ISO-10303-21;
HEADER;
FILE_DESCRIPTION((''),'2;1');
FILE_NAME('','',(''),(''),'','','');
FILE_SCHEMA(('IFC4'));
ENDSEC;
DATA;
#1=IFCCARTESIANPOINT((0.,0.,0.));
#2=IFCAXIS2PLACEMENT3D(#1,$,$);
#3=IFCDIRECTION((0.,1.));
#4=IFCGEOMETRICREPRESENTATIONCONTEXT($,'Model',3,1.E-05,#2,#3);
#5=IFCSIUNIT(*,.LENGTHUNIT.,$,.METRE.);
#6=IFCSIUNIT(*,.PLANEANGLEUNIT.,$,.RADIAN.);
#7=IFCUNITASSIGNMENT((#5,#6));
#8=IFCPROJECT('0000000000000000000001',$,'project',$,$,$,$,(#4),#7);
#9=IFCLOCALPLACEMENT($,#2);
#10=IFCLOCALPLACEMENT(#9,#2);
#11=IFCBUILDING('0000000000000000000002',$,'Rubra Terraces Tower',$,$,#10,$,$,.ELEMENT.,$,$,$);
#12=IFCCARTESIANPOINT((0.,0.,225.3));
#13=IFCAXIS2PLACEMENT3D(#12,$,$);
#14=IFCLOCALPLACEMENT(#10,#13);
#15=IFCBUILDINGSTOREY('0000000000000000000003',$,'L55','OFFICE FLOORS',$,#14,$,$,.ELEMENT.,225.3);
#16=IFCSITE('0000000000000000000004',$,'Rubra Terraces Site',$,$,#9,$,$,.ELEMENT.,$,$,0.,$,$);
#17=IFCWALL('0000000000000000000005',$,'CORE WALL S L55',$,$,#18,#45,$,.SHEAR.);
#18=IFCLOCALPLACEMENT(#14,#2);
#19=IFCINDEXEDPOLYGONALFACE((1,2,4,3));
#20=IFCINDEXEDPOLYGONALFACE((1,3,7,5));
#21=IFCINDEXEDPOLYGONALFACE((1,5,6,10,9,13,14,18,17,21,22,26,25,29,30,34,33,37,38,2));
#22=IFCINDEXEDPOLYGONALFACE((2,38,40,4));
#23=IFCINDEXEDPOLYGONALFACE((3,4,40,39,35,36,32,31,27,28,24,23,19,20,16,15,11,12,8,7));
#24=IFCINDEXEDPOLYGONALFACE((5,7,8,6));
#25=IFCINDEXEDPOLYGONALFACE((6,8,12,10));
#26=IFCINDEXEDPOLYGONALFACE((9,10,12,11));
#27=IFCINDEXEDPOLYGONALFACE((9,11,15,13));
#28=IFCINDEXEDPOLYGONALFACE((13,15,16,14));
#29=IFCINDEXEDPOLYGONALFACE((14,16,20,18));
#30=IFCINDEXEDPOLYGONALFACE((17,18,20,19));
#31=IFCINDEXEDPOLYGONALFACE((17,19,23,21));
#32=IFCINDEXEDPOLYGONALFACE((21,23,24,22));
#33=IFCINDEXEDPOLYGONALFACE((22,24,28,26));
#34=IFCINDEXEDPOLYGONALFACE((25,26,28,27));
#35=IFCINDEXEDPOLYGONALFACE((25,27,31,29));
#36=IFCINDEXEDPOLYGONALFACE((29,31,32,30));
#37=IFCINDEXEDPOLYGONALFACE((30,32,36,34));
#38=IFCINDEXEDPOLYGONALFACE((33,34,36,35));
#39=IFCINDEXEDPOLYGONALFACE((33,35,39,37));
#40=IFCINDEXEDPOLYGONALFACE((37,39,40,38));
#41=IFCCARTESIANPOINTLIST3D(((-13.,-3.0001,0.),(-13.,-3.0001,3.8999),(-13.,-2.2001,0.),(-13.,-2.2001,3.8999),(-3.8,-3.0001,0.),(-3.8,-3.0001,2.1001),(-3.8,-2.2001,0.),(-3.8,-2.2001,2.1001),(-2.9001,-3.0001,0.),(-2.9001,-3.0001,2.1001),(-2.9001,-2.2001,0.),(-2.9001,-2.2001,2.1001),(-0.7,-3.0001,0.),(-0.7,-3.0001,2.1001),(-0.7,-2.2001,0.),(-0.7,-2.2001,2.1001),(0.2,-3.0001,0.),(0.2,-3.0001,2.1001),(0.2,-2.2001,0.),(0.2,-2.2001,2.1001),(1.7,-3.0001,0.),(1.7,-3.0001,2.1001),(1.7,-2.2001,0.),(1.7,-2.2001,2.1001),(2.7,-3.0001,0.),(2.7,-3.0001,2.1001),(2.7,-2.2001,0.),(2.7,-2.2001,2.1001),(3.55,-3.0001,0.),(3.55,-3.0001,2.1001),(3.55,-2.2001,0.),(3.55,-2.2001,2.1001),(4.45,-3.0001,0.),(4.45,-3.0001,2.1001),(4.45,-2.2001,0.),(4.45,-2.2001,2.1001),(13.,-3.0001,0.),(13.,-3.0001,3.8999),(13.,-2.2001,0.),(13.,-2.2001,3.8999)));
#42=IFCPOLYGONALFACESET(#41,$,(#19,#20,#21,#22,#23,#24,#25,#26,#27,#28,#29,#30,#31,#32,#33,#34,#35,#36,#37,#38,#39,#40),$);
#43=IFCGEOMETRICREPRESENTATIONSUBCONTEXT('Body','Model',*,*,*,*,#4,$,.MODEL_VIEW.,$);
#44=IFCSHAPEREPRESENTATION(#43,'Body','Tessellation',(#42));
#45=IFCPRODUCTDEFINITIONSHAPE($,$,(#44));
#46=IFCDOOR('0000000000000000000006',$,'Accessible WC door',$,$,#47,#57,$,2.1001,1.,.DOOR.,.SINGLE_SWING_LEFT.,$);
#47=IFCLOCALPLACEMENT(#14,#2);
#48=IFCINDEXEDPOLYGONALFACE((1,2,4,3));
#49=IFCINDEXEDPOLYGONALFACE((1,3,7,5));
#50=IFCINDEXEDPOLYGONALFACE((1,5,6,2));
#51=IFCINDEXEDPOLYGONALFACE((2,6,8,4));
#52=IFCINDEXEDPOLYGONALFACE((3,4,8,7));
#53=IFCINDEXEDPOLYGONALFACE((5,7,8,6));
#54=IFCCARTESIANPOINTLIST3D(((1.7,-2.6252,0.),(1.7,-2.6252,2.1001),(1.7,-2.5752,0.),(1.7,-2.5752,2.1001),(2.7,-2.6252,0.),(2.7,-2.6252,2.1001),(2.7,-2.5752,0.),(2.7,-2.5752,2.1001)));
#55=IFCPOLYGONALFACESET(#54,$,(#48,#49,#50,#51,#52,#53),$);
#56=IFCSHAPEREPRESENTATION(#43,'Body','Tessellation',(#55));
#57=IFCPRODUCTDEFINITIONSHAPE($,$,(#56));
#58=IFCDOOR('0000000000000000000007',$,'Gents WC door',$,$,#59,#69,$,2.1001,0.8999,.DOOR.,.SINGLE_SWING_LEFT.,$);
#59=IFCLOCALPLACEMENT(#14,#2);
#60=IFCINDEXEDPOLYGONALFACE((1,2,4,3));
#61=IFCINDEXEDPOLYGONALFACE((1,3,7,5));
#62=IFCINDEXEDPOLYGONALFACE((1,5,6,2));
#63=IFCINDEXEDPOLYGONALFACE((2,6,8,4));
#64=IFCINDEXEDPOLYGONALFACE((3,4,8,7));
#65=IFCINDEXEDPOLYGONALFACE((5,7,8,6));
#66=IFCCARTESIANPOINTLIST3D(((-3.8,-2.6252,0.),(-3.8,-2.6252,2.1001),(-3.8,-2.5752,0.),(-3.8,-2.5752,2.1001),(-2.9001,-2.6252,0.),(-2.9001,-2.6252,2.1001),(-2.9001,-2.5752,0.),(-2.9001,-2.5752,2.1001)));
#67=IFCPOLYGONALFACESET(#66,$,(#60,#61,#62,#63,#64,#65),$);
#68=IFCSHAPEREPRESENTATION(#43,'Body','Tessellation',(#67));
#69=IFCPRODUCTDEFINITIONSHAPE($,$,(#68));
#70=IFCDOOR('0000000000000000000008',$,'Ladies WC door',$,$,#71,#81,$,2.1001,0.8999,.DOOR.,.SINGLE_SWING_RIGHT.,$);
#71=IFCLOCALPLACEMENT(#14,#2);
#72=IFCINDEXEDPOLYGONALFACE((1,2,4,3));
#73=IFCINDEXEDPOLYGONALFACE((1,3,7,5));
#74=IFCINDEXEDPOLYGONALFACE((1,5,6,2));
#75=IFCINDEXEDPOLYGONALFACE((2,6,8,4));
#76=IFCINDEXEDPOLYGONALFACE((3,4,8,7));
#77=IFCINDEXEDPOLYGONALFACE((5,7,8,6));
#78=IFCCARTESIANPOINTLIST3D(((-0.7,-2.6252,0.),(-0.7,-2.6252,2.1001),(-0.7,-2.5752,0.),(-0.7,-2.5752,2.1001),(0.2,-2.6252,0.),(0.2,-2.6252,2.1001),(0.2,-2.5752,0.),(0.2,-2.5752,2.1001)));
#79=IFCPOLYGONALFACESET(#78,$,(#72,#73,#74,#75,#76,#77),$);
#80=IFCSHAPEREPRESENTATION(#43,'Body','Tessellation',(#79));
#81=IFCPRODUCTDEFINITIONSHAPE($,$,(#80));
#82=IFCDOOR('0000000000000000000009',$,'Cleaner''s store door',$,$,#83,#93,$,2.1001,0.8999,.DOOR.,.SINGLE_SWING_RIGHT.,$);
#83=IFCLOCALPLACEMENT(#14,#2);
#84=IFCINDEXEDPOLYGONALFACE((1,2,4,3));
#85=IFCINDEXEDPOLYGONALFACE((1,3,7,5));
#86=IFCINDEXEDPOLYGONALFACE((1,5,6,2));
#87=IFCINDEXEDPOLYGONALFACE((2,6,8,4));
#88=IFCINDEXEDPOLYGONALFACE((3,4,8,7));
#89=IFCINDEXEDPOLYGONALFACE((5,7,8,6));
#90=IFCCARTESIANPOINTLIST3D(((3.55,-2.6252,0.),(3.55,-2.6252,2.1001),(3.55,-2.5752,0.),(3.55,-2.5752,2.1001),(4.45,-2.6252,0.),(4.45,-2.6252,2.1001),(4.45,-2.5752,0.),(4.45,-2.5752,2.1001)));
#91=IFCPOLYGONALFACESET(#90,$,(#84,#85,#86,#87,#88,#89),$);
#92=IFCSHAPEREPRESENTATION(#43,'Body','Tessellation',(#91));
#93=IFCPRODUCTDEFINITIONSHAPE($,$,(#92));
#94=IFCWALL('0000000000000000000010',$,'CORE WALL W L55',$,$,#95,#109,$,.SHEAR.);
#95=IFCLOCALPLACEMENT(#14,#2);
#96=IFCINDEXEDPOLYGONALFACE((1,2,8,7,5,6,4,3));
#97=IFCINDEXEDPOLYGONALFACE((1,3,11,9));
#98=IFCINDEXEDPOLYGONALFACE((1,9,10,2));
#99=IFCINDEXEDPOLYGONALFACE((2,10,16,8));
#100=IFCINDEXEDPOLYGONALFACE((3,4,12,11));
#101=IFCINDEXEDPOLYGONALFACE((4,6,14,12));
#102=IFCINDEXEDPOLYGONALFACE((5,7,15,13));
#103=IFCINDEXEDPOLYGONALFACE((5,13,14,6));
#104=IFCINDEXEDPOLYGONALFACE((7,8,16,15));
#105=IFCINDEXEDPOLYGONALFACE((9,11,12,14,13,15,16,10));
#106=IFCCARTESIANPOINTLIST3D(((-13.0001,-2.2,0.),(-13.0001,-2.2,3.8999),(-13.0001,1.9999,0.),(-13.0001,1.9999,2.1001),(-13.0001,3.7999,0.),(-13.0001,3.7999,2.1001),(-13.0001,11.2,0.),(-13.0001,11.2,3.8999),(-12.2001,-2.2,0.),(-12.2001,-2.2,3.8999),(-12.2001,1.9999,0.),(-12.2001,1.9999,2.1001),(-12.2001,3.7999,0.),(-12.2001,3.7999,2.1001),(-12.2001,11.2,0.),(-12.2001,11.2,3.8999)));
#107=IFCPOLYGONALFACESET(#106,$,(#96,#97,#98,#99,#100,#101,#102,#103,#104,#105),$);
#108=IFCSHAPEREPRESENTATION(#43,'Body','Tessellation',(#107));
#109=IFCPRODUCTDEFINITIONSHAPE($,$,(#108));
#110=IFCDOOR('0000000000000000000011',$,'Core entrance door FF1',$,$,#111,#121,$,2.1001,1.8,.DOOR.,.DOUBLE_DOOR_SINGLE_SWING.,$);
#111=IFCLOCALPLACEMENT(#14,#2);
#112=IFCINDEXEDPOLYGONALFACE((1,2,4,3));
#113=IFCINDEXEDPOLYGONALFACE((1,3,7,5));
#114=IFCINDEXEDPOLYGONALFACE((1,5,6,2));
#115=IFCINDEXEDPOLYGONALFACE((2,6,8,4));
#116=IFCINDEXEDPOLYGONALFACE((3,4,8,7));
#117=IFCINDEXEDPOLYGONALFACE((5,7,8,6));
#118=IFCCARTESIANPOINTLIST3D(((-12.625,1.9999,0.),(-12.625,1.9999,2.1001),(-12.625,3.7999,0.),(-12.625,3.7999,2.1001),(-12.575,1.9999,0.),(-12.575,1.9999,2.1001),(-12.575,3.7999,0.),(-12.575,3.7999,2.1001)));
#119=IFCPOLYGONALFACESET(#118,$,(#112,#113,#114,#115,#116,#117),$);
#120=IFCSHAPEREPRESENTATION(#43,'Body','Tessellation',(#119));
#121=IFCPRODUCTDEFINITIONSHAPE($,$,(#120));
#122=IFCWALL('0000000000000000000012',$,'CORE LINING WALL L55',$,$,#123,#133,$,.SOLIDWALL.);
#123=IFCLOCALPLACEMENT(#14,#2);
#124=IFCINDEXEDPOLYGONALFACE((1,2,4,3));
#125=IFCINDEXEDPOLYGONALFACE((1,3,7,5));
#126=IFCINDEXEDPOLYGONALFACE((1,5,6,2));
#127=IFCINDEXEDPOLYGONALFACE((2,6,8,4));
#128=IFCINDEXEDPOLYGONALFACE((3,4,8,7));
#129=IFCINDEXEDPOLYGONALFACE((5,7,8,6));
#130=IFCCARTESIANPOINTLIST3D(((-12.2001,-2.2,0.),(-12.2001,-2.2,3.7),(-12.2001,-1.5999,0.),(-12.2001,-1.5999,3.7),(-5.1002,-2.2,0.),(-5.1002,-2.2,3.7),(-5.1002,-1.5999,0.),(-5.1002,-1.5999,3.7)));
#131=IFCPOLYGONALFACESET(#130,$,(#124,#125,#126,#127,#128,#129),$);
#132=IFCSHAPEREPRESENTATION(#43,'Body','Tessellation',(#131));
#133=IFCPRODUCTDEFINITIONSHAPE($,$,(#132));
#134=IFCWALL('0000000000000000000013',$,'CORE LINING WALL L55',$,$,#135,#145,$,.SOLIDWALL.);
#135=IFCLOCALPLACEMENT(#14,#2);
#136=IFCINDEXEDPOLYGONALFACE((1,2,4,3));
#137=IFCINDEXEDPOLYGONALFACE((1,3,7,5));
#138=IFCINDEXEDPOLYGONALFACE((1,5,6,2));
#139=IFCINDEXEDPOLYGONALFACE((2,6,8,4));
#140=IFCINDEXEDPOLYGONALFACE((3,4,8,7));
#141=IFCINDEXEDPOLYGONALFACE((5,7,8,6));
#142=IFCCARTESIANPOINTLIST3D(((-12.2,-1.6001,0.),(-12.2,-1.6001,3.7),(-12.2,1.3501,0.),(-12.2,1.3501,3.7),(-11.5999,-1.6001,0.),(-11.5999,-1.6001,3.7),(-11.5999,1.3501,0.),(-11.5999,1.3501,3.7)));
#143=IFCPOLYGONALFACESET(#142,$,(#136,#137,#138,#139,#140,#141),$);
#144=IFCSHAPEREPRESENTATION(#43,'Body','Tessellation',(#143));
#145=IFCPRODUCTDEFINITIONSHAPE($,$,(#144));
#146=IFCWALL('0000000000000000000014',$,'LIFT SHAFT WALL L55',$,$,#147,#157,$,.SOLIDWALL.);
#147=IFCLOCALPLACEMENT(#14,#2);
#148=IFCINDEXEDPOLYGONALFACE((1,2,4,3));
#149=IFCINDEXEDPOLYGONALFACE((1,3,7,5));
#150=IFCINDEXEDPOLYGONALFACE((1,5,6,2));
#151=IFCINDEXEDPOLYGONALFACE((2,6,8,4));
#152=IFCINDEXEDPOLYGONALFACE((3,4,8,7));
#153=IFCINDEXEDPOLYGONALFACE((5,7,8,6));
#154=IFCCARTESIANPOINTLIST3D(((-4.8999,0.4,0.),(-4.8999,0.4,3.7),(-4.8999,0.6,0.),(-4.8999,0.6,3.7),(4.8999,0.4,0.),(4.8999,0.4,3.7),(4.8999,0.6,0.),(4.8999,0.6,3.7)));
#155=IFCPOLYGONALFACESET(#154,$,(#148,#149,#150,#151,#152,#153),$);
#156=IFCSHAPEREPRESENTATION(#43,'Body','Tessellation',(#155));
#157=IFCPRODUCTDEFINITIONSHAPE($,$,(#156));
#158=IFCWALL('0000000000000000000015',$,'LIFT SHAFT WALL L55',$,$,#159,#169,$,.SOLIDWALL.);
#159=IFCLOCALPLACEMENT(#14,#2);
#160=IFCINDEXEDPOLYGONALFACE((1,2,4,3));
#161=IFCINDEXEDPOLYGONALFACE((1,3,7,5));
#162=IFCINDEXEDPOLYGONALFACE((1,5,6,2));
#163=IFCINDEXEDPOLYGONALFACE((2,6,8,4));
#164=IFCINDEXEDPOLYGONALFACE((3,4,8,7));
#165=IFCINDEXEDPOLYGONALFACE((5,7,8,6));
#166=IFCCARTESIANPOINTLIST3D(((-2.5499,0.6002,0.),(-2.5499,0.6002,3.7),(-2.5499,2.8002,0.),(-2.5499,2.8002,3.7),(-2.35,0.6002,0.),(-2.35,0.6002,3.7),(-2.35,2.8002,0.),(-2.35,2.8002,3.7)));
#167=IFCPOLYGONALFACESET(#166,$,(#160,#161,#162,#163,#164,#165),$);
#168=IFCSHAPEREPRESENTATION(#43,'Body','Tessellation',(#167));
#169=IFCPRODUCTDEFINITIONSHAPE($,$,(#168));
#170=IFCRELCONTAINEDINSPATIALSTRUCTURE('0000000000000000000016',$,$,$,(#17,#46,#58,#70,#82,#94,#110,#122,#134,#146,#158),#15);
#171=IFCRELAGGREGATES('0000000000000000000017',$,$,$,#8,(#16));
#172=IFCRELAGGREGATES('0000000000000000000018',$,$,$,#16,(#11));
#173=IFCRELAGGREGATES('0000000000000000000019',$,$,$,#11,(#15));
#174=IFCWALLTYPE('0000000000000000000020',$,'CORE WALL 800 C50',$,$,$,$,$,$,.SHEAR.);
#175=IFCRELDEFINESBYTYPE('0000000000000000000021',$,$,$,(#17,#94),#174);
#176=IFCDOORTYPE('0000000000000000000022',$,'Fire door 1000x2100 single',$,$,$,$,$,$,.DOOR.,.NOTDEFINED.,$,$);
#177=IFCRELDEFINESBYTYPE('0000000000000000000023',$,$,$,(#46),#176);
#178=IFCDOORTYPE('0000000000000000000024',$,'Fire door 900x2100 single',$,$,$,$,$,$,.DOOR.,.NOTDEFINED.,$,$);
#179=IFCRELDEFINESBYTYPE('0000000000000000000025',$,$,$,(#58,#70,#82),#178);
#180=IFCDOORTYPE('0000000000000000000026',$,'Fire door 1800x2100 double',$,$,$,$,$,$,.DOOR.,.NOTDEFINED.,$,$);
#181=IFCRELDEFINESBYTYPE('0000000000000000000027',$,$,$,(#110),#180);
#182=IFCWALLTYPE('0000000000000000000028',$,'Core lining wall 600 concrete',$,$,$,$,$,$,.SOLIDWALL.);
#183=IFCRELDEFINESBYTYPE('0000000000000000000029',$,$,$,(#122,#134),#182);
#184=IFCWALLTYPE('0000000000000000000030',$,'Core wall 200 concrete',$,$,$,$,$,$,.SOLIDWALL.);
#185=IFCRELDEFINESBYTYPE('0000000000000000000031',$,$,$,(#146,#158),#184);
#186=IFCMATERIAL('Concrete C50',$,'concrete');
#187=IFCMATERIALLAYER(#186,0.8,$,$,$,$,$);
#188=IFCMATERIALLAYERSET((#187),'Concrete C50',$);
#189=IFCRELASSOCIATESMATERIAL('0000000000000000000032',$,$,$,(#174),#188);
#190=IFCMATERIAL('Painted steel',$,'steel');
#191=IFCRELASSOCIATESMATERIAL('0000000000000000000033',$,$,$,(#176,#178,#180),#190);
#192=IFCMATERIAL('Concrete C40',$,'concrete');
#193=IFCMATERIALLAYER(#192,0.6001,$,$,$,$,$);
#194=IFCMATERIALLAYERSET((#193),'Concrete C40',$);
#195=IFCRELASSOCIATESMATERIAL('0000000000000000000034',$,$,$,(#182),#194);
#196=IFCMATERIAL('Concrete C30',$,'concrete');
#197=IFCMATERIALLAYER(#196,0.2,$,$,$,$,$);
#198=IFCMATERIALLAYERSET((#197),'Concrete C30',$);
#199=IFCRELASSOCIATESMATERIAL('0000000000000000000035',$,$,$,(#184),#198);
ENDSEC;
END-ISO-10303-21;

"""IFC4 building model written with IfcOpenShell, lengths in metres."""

from ifc_helpers import new_model, si_unit, direction, frame, frame_2d, origin, place, context, subcontext, project, spatial, rectangle, extrude, material, layer, layer_set, type_object, element, fill, save


model = new_model("IFC4")

# Units and contexts
model_context = context("Model", 3, precision=1e-05, world=origin(), true_north=direction((0.0, 1.0)))
body_context = subcontext(model_context, "Body", "Model", "MODEL_VIEW")
ifc_project = project(units=[si_unit("LENGTHUNIT", "METRE"), si_unit("PLANEANGLEUNIT", "RADIAN")], contexts=[model_context])

# Site, building, storey
site_placement = place(None, origin())
site = spatial("IfcSite", under=ifc_project, at=site_placement, Name="Rubra Terraces Site", CompositionType="ELEMENT", RefElevation=0.0)
building_placement = place(site_placement, origin())
building = spatial("IfcBuilding", under=site, at=building_placement, Name="Rubra Terraces Tower", CompositionType="ELEMENT")
storey_placement = place(building_placement, frame((0.0, 0.0, 225.3)))
storey = spatial("IfcBuildingStorey", under=building, at=storey_placement, Name="L55", Description="OFFICE FLOORS", CompositionType="ELEMENT", Elevation=225.3)

# Shared definitions
ifc_material_1 = material(Name="Concrete C40", Category="concrete")

# Wall, openings, doors
ifc_material_2 = material(Name="Concrete C50", Category="concrete")
ifc_layer_1 = layer(ifc_material_2, 0.8)
ifc_layer_set_1 = layer_set([ifc_layer_1], Name="Concrete C50")
wall_type_1 = type_object("IfcWallType", Name="CORE WALL 800 C50", PredefinedType="SHEAR", material=ifc_layer_set_1)
wall_1_placement = place(storey_placement, frame((-13.0, -2.6001, 0.0), z_axis=(0.0, 0.0, 1.0), x_axis=(1.0, 0.0, 0.0)))
wall_1 = element("IfcWall", 1, at=wall_1_placement, inside=storey, type_object=wall_type_1, Name="CORE WALL S L55", PredefinedType="SHEAR", context=body_context, shape_type="SweptSolid", body=[
    extrude(rectangle(XDim=26.0, YDim=0.8, at=frame_2d((13.0, 0.0))), origin(), (0.0, 0.0, 1.0), 3.8999),
])
opening_1_placement = place(wall_1_placement, frame((9.2, 0.0, 0.0)))
opening_1 = element("IfcOpeningElement", 2, at=opening_1_placement, cuts=wall_1, PredefinedType="OPENING", context=body_context, shape_type="SweptSolid", body=[
    extrude(rectangle(XDim=0.8999, YDim=2.1001, at=frame_2d((0.45, 1.05))), frame((0.0, 0.4099, 0.0), z_axis=(0.0, -1.0, 0.0), x_axis=(1.0, 0.0, 0.0)), (0.0, 0.0, 1.0), 0.8201),
])
opening_2_placement = place(wall_1_placement, frame((12.3, 0.0, 0.0)))
opening_2 = element("IfcOpeningElement", 3, at=opening_2_placement, cuts=wall_1, PredefinedType="OPENING", context=body_context, shape_type="SweptSolid", body=[
    extrude(rectangle(XDim=0.8999, YDim=2.1001, at=frame_2d((0.45, 1.05))), frame((0.0, 0.4099, 0.0), z_axis=(0.0, -1.0, 0.0), x_axis=(1.0, 0.0, 0.0)), (0.0, 0.0, 1.0), 0.8201),
])
opening_3_placement = place(wall_1_placement, frame((14.7, 0.0, 0.0)))
opening_3 = element("IfcOpeningElement", 4, at=opening_3_placement, cuts=wall_1, PredefinedType="OPENING", context=body_context, shape_type="SweptSolid", body=[
    extrude(rectangle(XDim=1.0, YDim=2.1001, at=frame_2d((0.5, 1.05))), frame((0.0, 0.4099, 0.0), z_axis=(0.0, -1.0, 0.0), x_axis=(1.0, 0.0, 0.0)), (0.0, 0.0, 1.0), 0.8201),
])
opening_4_placement = place(wall_1_placement, frame((16.55, 0.0, 0.0)))
opening_4 = element("IfcOpeningElement", 5, at=opening_4_placement, cuts=wall_1, PredefinedType="OPENING", context=body_context, shape_type="SweptSolid", body=[
    extrude(rectangle(XDim=0.8999, YDim=2.1001, at=frame_2d((0.45, 1.05))), frame((0.0, 0.4099, 0.0), z_axis=(0.0, -1.0, 0.0), x_axis=(1.0, 0.0, 0.0)), (0.0, 0.0, 1.0), 0.8201),
])
ifc_material_3 = material(Name="Painted steel", Category="steel")
door_type_1 = type_object("IfcDoorType", Name="Fire door 1000x2100 single", OperationType="NOTDEFINED", PredefinedType="DOOR", material=ifc_material_3)
door_1_placement = place(opening_3_placement, origin())
door_1 = element("IfcDoor", 6, at=door_1_placement, inside=storey, type_object=door_type_1, Name="Accessible WC door", OperationType="SINGLE_SWING_LEFT", OverallHeight=2.1001, OverallWidth=1.0, PredefinedType="DOOR", context=body_context, shape_type="SweptSolid", body=[
    extrude(rectangle(XDim=1.0, YDim=2.1001, at=frame_2d((0.5, 1.05))), frame((0.0, 0.0249, 0.0), z_axis=(0.0, -1.0, 0.0), x_axis=(1.0, 0.0, 0.0)), (0.0, 0.0, 1.0), 0.05),
])
fill(opening_3, door_1)
door_type_2 = type_object("IfcDoorType", Name="Fire door 900x2100 single", OperationType="NOTDEFINED", PredefinedType="DOOR", material=ifc_material_3)
door_2_placement = place(opening_1_placement, origin())
door_2 = element("IfcDoor", 7, at=door_2_placement, inside=storey, type_object=door_type_2, Name="Gents WC door", OperationType="SINGLE_SWING_LEFT", OverallHeight=2.1001, OverallWidth=0.8999, PredefinedType="DOOR", context=body_context, shape_type="SweptSolid", body=[
    extrude(rectangle(XDim=0.8999, YDim=2.1001, at=frame_2d((0.45, 1.05))), frame((0.0, 0.0249, 0.0), z_axis=(0.0, -1.0, 0.0), x_axis=(1.0, 0.0, 0.0)), (0.0, 0.0, 1.0), 0.05),
])
fill(opening_1, door_2)
door_3_placement = place(opening_2_placement, origin())
door_3 = element("IfcDoor", 8, at=door_3_placement, inside=storey, type_object=door_type_2, Name="Ladies WC door", OperationType="SINGLE_SWING_RIGHT", OverallHeight=2.1001, OverallWidth=0.8999, PredefinedType="DOOR", context=body_context, shape_type="SweptSolid", body=[
    extrude(rectangle(XDim=0.8999, YDim=2.1001, at=frame_2d((0.45, 1.05))), frame((0.0, 0.0249, 0.0), z_axis=(0.0, -1.0, 0.0), x_axis=(1.0, 0.0, 0.0)), (0.0, 0.0, 1.0), 0.05),
])
fill(opening_2, door_3)
door_4_placement = place(opening_4_placement, origin())
door_4 = element("IfcDoor", 9, at=door_4_placement, inside=storey, type_object=door_type_2, Name="Cleaner's store door", OperationType="SINGLE_SWING_RIGHT", OverallHeight=2.1001, OverallWidth=0.8999, PredefinedType="DOOR", context=body_context, shape_type="SweptSolid", body=[
    extrude(rectangle(XDim=0.8999, YDim=2.1001, at=frame_2d((0.45, 1.05))), frame((0.0, 0.0249, 0.0), z_axis=(0.0, -1.0, 0.0), x_axis=(1.0, 0.0, 0.0)), (0.0, 0.0, 1.0), 0.05),
])
fill(opening_4, door_4)

# Wall, opening, door
wall_2_placement = place(storey_placement, frame((-12.6001, -2.2, 0.0), z_axis=(0.0, 0.0, 1.0), x_axis=(0.0, 1.0, 0.0)))
wall_2 = element("IfcWall", 10, at=wall_2_placement, inside=storey, type_object=wall_type_1, Name="CORE WALL W L55", PredefinedType="SHEAR", context=body_context, shape_type="SweptSolid", body=[
    extrude(rectangle(XDim=13.3999, YDim=0.8, at=frame_2d((6.7, 0.0))), origin(), (0.0, 0.0, 1.0), 3.8999),
])
opening_5_placement = place(wall_2_placement, frame((4.2, 0.0, 0.0)))
opening_5 = element("IfcOpeningElement", 11, at=opening_5_placement, cuts=wall_2, PredefinedType="OPENING", context=body_context, shape_type="SweptSolid", body=[
    extrude(rectangle(XDim=1.8, YDim=2.1001, at=frame_2d((0.8999, 1.05))), frame((0.0, 0.4099, 0.0), z_axis=(0.0, -1.0, 0.0), x_axis=(1.0, 0.0, 0.0)), (0.0, 0.0, 1.0), 0.8201),
])
door_type_3 = type_object("IfcDoorType", Name="Fire door 1800x2100 double", OperationType="NOTDEFINED", PredefinedType="DOOR", material=ifc_material_3)
door_5_placement = place(opening_5_placement, origin())
door_5 = element("IfcDoor", 12, at=door_5_placement, inside=storey, type_object=door_type_3, Name="Core entrance door FF1", OperationType="DOUBLE_DOOR_SINGLE_SWING", OverallHeight=2.1001, OverallWidth=1.8, PredefinedType="DOOR", context=body_context, shape_type="SweptSolid", body=[
    extrude(rectangle(XDim=1.8, YDim=2.1001, at=frame_2d((0.8999, 1.05))), frame((0.0, 0.0249, 0.0), z_axis=(0.0, -1.0, 0.0), x_axis=(1.0, 0.0, 0.0)), (0.0, 0.0, 1.0), 0.05),
])
fill(opening_5, door_5)

# Walls
ifc_layer_2 = layer(ifc_material_1, 0.6001)
ifc_layer_set_2 = layer_set([ifc_layer_2], Name="Concrete C40")
wall_type_2 = type_object("IfcWallType", Name="Core lining wall 600 concrete", PredefinedType="SOLIDWALL", material=ifc_layer_set_2)
wall_3_placement = place(storey_placement, frame((-12.2, -1.8999, 0.0), z_axis=(0.0, 0.0, 1.0), x_axis=(1.0, 0.0, 0.0)))
element("IfcWall", 13, at=wall_3_placement, inside=storey, type_object=wall_type_2, Name="CORE LINING WALL L55", PredefinedType="SOLIDWALL", context=body_context, shape_type="SweptSolid", body=[
    extrude(rectangle(XDim=7.0999, YDim=0.6001, at=frame_2d((3.5498, 0.0))), origin(), (0.0, 0.0, 1.0), 3.7),
])
wall_4_placement = place(storey_placement, frame((-11.8999, -1.6001, 0.0), z_axis=(0.0, 0.0, 1.0), x_axis=(0.0, 1.0, 0.0)))
element("IfcWall", 14, at=wall_4_placement, inside=storey, type_object=wall_type_2, Name="CORE LINING WALL L55", PredefinedType="SOLIDWALL", context=body_context, shape_type="SweptSolid", body=[
    extrude(rectangle(XDim=2.9502, YDim=0.6001, at=frame_2d((1.4751, 0.0))), origin(), (0.0, 0.0, 1.0), 3.7),
])
ifc_material_4 = material(Name="Concrete C30", Category="concrete")
ifc_layer_3 = layer(ifc_material_4, 0.2)
ifc_layer_set_3 = layer_set([ifc_layer_3], Name="Concrete C30")
wall_type_3 = type_object("IfcWallType", Name="Core wall 200 concrete", PredefinedType="SOLIDWALL", material=ifc_layer_set_3)
wall_5_placement = place(storey_placement, frame((-4.8999, 0.5, 0.0), z_axis=(0.0, 0.0, 1.0), x_axis=(1.0, 0.0, 0.0)))
element("IfcWall", 15, at=wall_5_placement, inside=storey, type_object=wall_type_3, Name="LIFT SHAFT WALL L55", PredefinedType="SOLIDWALL", context=body_context, shape_type="SweptSolid", body=[
    extrude(rectangle(XDim=9.7998, YDim=0.2, at=frame_2d((4.8999, 0.0))), origin(), (0.0, 0.0, 1.0), 3.7),
])
for number, where, z_axis, x_axis, name in (
    (16, (-2.45, 0.6001, 0.0), (0.0, 0.0, 1.0), (0.0, 1.0, 0.0), "LIFT SHAFT WALL L55"),
):
    element("IfcWall", number, at=place(storey_placement, frame(where, z_axis=z_axis, x_axis=x_axis)), inside=storey, type_object=wall_type_3, Name=name, PredefinedType="SOLIDWALL", context=body_context, shape_type="SweptSolid", body=[
        extrude(rectangle(XDim=2.2, YDim=0.2, at=frame_2d((1.1001, 0.0))), origin(), (0.0, 0.0, 1.0), 3.7),
    ])

save(model, "model.ifc")
